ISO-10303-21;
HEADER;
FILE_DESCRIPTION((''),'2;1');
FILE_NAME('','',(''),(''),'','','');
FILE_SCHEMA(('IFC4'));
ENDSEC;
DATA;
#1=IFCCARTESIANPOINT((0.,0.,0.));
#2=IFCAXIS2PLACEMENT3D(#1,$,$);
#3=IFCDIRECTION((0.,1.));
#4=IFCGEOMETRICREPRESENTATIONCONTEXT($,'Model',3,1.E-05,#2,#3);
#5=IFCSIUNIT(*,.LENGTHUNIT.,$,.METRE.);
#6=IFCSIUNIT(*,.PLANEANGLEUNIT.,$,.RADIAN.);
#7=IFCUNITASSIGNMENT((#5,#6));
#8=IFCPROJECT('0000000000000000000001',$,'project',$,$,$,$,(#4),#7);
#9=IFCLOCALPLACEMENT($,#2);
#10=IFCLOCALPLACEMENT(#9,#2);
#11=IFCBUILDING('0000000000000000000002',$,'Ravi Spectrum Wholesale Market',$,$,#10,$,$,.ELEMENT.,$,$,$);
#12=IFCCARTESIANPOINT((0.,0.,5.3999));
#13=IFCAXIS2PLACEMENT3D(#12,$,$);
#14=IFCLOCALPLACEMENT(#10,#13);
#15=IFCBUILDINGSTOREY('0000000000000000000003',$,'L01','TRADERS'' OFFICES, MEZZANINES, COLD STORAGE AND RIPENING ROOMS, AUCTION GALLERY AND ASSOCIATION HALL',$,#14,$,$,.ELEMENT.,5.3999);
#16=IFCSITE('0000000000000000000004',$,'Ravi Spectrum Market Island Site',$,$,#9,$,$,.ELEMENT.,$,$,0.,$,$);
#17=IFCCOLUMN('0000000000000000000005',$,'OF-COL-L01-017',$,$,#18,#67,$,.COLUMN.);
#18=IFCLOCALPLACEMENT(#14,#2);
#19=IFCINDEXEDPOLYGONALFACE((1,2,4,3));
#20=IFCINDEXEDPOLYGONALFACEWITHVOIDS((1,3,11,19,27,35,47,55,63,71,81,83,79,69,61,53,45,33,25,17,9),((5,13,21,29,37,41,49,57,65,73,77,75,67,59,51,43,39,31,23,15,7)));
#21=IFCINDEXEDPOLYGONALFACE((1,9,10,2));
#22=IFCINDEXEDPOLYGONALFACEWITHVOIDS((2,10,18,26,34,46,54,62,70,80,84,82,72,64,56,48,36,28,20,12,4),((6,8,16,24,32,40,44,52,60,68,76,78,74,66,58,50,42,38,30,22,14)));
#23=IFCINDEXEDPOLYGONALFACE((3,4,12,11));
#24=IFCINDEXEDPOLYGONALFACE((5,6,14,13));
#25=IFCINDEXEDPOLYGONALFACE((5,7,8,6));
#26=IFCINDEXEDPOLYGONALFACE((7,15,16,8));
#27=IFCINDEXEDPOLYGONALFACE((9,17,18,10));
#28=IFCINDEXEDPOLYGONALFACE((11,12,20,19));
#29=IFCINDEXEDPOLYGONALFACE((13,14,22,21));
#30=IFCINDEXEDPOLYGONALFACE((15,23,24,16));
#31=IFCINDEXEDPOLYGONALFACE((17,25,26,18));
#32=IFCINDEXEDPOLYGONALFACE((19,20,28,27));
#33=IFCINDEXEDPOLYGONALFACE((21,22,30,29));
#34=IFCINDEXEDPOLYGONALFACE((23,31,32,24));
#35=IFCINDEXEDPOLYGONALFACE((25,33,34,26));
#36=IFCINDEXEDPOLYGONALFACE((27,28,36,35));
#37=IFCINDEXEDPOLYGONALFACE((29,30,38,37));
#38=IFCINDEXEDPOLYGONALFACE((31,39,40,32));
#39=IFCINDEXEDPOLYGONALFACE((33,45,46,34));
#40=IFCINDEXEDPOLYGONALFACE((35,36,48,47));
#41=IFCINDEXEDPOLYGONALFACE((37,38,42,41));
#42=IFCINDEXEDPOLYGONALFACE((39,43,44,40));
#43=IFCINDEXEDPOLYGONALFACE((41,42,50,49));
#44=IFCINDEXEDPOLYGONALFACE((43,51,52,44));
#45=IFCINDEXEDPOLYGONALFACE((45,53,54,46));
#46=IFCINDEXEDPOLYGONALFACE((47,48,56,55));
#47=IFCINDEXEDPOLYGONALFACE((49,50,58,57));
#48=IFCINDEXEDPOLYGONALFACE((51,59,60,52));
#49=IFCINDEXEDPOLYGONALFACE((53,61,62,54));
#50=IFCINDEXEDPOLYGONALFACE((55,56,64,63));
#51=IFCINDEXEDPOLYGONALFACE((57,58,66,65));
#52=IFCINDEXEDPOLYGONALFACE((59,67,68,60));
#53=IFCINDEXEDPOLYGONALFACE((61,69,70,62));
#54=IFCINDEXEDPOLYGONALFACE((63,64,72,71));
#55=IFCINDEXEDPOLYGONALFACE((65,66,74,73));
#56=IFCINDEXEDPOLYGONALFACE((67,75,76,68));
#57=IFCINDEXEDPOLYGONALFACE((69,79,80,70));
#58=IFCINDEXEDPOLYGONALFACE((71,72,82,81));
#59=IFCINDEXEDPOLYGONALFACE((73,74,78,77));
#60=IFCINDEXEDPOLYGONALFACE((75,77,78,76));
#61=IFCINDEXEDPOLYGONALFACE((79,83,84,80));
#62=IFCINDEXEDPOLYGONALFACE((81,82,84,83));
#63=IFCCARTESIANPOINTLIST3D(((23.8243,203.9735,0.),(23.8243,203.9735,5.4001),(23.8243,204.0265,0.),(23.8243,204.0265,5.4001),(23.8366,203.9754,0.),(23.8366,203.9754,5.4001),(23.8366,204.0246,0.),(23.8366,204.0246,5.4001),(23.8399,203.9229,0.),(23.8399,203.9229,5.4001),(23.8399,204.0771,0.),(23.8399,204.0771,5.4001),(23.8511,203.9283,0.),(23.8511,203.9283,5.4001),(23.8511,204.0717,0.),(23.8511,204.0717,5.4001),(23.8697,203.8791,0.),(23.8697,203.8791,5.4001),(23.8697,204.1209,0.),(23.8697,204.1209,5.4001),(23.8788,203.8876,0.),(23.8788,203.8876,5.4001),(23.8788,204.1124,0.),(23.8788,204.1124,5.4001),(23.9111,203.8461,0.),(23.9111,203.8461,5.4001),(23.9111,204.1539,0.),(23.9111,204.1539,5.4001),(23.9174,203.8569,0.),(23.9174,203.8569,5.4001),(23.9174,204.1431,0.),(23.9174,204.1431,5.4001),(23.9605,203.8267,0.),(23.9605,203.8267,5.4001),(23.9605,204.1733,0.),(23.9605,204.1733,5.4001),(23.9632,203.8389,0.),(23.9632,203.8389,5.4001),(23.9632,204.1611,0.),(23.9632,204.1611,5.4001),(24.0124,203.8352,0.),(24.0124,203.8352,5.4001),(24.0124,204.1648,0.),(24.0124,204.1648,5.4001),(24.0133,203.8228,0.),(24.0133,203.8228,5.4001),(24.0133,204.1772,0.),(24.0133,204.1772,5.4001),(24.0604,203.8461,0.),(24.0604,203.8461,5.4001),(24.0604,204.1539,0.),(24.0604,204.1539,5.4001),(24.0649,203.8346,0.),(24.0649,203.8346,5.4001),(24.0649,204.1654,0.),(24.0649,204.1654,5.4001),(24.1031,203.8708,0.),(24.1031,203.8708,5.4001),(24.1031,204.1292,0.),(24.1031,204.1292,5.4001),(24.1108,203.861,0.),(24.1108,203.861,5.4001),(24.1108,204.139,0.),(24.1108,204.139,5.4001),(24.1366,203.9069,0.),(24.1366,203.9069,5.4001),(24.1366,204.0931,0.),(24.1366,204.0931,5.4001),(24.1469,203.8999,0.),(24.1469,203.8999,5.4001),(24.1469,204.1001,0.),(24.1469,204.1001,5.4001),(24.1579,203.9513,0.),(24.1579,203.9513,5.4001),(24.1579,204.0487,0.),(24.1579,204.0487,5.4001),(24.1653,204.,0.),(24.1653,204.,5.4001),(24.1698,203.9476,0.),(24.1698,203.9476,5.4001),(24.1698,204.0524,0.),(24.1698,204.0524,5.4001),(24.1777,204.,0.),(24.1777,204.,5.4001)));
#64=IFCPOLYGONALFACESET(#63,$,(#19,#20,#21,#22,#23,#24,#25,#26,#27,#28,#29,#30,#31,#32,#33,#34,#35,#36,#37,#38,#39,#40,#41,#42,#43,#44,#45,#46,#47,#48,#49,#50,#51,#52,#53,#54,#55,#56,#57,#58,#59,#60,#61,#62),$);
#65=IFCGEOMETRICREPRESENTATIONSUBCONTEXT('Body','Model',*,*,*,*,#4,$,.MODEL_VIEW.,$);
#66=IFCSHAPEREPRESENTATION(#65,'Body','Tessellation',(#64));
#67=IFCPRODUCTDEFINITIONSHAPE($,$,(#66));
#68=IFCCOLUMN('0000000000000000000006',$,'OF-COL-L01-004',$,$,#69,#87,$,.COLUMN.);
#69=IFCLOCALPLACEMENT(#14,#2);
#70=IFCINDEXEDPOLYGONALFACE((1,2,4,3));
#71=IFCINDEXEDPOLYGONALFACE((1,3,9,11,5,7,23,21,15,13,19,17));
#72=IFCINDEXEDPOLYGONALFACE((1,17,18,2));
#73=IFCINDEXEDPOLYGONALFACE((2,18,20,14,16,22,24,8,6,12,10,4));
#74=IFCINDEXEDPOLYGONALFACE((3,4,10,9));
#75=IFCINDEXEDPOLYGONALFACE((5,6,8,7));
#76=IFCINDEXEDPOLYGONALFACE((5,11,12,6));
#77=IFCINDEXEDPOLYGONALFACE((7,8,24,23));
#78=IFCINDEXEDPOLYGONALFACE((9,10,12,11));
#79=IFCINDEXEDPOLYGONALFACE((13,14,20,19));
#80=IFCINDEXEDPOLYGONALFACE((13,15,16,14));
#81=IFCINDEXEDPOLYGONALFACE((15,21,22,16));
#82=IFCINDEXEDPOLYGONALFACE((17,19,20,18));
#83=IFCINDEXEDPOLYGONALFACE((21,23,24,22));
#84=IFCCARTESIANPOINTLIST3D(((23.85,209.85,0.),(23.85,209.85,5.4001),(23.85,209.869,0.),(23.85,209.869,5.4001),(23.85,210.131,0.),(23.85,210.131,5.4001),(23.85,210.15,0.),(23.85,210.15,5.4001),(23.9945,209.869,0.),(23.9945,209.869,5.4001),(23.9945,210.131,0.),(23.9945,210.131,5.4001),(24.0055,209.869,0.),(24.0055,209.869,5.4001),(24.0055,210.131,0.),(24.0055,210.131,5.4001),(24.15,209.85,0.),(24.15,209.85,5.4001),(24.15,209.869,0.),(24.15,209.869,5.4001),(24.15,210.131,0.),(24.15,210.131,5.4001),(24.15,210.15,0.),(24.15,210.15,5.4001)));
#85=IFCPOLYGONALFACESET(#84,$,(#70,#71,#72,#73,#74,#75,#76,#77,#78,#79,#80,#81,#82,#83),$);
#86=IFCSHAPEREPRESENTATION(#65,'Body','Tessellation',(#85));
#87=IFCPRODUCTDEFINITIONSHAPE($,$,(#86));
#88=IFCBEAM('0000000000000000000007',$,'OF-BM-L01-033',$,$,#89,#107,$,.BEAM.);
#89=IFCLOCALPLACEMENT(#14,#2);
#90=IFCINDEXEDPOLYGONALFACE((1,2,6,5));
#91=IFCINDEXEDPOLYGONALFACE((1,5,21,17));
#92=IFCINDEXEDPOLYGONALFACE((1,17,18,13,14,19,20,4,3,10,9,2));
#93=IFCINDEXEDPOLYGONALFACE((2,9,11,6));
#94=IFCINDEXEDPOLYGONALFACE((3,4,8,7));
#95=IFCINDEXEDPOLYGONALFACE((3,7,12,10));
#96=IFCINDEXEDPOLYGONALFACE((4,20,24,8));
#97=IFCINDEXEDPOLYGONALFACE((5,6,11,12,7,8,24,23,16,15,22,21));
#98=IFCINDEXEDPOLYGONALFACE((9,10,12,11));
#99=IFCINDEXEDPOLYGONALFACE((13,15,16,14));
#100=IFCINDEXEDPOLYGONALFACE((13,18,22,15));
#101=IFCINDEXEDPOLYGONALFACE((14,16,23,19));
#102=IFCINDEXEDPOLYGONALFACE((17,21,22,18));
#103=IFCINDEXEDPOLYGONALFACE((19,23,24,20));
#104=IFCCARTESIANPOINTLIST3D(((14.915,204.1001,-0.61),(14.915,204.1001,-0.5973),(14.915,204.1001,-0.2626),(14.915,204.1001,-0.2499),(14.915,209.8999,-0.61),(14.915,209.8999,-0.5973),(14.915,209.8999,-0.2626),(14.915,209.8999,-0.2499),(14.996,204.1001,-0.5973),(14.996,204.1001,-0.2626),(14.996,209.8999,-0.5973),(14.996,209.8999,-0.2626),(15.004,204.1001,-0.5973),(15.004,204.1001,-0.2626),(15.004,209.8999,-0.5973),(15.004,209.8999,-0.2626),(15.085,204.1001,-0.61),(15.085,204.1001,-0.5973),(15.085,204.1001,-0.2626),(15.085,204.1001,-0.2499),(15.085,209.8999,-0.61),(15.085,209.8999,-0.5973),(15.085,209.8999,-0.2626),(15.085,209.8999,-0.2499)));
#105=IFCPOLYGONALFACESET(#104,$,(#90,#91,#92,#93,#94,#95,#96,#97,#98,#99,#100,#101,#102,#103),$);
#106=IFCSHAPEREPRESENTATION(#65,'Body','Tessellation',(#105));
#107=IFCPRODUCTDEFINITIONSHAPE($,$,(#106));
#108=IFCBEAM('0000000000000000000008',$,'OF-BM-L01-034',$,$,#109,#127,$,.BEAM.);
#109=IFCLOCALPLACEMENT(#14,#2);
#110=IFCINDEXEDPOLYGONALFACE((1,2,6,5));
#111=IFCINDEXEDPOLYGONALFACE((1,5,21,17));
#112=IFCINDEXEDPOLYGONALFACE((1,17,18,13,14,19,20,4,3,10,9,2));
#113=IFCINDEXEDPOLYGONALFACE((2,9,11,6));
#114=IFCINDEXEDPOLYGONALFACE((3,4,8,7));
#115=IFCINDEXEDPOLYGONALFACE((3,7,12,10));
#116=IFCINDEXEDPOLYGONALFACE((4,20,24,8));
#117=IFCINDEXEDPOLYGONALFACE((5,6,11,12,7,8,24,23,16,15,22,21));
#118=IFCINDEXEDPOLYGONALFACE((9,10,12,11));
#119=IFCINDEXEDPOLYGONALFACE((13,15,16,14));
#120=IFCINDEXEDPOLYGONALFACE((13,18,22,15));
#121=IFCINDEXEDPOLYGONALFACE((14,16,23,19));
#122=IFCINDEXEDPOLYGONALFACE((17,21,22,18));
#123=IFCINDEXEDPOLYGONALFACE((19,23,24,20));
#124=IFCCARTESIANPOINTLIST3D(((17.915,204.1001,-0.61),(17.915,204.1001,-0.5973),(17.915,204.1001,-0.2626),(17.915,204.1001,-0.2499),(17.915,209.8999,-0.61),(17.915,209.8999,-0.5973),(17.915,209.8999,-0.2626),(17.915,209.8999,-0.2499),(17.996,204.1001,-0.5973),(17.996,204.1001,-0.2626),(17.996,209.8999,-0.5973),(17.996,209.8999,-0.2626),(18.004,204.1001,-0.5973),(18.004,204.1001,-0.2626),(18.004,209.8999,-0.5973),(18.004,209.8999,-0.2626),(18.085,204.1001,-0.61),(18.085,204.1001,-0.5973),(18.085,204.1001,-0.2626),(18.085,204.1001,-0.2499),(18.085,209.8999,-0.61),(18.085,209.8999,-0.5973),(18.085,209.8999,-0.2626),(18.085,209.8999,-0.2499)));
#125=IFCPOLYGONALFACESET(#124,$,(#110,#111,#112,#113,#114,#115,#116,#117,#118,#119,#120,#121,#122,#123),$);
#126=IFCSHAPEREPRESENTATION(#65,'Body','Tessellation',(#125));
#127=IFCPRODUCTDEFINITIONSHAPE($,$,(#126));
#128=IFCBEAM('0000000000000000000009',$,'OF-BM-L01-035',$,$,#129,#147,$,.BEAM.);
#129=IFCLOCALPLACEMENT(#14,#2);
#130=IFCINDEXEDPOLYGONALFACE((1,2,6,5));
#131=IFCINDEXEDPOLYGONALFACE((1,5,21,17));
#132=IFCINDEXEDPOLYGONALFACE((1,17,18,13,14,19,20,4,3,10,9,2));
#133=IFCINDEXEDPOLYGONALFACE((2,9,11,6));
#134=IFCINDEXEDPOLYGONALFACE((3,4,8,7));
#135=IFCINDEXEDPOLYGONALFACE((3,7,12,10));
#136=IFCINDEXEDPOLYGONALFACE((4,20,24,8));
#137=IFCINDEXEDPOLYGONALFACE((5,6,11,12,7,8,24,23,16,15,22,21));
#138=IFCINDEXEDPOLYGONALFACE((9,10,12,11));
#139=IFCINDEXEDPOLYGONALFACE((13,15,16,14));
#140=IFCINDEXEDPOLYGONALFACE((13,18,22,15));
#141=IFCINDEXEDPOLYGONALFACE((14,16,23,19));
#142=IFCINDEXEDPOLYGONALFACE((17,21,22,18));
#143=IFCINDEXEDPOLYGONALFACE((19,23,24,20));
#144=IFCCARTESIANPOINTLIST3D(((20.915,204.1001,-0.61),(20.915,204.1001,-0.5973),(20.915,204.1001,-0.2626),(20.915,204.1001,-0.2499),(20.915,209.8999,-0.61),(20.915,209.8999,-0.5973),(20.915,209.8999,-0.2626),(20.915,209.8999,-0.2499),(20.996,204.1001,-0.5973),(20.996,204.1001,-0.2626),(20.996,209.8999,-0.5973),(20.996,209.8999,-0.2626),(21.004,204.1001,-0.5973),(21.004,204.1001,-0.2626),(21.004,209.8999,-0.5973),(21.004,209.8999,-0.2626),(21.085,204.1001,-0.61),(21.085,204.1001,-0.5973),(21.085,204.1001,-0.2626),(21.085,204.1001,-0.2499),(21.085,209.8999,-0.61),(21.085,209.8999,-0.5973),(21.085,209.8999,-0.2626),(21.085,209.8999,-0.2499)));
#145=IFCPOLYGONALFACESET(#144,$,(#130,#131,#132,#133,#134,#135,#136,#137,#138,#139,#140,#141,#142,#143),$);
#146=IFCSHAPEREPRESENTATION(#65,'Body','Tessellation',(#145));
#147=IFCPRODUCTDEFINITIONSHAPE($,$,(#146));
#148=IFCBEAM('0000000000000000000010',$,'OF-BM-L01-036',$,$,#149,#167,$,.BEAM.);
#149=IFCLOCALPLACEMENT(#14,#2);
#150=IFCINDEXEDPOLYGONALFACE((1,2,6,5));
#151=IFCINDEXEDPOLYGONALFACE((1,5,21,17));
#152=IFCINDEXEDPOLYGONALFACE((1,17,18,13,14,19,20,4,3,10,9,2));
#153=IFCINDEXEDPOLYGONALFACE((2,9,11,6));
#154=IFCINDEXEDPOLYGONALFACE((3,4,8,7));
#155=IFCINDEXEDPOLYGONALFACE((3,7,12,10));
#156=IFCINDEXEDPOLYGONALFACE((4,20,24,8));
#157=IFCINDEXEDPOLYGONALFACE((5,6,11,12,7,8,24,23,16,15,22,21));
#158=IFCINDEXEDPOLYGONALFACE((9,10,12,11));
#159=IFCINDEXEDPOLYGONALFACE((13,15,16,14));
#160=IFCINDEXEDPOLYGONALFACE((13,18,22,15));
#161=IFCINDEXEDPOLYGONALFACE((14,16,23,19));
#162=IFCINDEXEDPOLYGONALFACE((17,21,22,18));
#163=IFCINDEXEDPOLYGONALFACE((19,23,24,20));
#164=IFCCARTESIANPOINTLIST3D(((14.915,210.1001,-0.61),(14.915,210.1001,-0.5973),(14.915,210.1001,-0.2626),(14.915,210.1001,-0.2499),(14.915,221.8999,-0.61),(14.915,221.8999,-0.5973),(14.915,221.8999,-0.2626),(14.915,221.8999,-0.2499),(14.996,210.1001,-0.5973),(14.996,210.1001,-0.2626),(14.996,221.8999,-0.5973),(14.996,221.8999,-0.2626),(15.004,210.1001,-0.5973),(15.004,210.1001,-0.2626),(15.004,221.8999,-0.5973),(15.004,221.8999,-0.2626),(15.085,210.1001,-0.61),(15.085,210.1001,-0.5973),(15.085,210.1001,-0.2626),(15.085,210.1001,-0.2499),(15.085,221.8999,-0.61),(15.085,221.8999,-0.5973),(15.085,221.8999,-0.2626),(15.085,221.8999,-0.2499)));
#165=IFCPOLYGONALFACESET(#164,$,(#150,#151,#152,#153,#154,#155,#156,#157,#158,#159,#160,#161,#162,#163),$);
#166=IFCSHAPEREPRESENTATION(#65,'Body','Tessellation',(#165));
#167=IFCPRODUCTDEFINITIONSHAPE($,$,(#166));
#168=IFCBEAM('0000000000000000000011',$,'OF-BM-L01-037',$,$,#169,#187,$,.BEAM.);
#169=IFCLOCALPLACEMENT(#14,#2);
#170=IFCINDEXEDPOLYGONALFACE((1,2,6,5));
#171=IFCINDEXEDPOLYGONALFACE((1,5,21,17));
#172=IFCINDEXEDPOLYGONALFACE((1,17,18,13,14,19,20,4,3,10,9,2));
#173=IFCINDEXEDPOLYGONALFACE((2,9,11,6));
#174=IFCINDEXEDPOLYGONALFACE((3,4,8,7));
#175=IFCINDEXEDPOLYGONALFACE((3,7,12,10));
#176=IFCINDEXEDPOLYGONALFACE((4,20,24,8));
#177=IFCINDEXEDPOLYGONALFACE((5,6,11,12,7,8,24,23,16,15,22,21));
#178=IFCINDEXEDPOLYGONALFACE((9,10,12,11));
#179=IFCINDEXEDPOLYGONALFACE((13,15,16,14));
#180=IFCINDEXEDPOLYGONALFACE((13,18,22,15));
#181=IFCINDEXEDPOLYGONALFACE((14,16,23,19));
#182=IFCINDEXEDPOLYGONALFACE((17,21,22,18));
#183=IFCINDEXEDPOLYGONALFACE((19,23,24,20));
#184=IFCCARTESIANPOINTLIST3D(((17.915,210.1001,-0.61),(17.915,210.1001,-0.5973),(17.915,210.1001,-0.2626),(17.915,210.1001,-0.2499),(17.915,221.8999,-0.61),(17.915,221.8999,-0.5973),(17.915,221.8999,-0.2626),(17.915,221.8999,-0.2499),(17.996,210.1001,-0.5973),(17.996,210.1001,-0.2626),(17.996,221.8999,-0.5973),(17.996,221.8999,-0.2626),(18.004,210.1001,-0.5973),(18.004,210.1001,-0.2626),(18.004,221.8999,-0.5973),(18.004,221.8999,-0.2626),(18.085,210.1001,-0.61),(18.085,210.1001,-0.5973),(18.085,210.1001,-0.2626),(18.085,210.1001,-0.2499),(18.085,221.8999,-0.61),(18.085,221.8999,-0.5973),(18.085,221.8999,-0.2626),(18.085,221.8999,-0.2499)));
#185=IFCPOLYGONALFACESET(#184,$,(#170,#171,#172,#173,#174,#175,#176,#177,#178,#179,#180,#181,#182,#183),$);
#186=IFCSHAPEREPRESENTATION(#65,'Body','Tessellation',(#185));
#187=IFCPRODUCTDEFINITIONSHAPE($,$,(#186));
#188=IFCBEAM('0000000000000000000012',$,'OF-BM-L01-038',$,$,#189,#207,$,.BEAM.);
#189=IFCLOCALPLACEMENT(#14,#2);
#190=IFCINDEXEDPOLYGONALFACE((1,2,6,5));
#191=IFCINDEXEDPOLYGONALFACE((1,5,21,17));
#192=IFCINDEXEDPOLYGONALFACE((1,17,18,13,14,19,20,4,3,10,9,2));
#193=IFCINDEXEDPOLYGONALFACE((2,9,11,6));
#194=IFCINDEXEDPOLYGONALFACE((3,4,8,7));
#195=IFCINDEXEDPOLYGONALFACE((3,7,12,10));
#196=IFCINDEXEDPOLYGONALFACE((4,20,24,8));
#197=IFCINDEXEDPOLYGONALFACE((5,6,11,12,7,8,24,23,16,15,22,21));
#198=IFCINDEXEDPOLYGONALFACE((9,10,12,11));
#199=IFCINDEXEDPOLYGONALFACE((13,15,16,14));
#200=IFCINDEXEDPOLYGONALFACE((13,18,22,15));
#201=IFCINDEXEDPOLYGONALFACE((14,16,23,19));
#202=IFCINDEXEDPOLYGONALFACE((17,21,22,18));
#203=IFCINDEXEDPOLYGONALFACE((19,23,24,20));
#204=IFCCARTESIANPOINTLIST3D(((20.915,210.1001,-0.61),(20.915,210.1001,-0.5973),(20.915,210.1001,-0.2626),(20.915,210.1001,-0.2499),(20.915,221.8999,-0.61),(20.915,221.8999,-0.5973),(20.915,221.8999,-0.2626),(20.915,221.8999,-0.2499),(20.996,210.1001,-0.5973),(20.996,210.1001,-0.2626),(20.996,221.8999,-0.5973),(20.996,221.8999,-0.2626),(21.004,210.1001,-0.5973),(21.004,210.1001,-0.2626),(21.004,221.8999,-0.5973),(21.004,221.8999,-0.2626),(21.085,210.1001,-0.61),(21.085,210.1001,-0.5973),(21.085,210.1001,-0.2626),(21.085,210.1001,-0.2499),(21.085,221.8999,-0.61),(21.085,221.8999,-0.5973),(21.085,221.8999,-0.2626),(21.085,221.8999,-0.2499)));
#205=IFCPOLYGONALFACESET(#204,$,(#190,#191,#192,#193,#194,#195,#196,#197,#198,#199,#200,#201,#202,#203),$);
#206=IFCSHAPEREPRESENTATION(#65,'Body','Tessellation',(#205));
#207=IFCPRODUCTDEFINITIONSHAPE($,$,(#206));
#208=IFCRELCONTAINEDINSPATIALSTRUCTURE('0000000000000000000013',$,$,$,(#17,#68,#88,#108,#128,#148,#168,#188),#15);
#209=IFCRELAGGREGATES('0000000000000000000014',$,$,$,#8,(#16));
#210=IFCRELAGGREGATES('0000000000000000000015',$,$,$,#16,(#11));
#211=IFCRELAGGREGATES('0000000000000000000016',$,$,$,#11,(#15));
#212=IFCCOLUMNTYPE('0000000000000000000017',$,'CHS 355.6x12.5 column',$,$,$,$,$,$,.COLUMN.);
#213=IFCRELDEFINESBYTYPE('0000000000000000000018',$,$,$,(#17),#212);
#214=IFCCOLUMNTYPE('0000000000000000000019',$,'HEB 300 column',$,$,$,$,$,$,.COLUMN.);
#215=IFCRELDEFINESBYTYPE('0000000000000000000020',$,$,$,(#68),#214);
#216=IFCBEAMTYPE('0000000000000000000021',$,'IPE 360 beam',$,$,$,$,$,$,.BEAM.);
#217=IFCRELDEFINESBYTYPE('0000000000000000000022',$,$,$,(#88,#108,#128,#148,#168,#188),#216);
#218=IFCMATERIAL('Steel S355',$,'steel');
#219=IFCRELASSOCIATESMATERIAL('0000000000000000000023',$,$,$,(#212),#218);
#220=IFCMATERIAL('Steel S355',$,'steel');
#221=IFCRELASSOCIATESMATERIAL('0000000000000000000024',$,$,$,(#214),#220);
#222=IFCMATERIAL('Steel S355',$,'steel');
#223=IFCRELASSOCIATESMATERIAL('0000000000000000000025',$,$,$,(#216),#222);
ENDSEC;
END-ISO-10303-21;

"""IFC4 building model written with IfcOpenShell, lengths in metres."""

from ifc_helpers import new_model, si_unit, direction, frame, origin, origin_2d, place, context, subcontext, project, spatial, hollow_circle, i_section, extrude, material, material_profile, profile_set, type_object, element, save


model = new_model("IFC4")

# Units and contexts
model_context = context("Model", 3, precision=1e-05, world=origin(), true_north=direction((0.0, 1.0)))
body_context = subcontext(model_context, "Body", "Model", "MODEL_VIEW")
ifc_project = project(units=[si_unit("LENGTHUNIT", "METRE"), si_unit("PLANEANGLEUNIT", "RADIAN")], contexts=[model_context])

# Site, building, storey
site_placement = place(None, origin())
site = spatial("IfcSite", under=ifc_project, at=site_placement, Name="Ravi Spectrum Market Island Site", CompositionType="ELEMENT", RefElevation=0.0)
building_placement = place(site_placement, origin())
building = spatial("IfcBuilding", under=site, at=building_placement, Name="Ravi Spectrum Wholesale Market", CompositionType="ELEMENT")
storey_placement = place(building_placement, frame((0.0, 0.0, 5.3999)))
storey = spatial("IfcBuildingStorey", under=building, at=storey_placement, Name="L01", Description="TRADERS' OFFICES, MEZZANINES, COLD STORAGE AND RIPENING ROOMS, AUCTION GALLERY AND ASSOCIATION HALL", CompositionType="ELEMENT", Elevation=5.3999)

# Columns
ifc_material_1 = material(Name="Steel S355", Category="steel")
ifc_material_profile_1 = material_profile(ifc_material_1, hollow_circle(Radius=0.1777, WallThickness=0.0125, at=origin_2d()))
ifc_profile_set_1 = profile_set([ifc_material_profile_1], Name="Steel S355")
column_type_1 = type_object("IfcColumnType", Name="CHS 355.6x12.5 column", PredefinedType="COLUMN", material=ifc_profile_set_1)
column_1_placement = place(storey_placement, frame((24.0, 204.0, 0.0), z_axis=(0.0, 0.0, 1.0), x_axis=(1.0, 0.0, 0.0)))
element("IfcColumn", 1, at=column_1_placement, inside=storey, type_object=column_type_1, Name="OF-COL-L01-017", PredefinedType="COLUMN", context=body_context, shape_type="SweptSolid", body=[
    extrude(hollow_circle(Radius=0.1777, WallThickness=0.0125, at=origin_2d()), origin(), (0.0, 0.0, 1.0), 5.4001),
])
ifc_material_2 = material(Name="Steel S355", Category="steel")
ifc_material_profile_2 = material_profile(ifc_material_2, i_section(OverallWidth=0.3, OverallDepth=0.3, WebThickness=0.011, FlangeThickness=0.019, at=origin_2d()))
ifc_profile_set_2 = profile_set([ifc_material_profile_2], Name="Steel S355")
column_type_2 = type_object("IfcColumnType", Name="HEB 300 column", PredefinedType="COLUMN", material=ifc_profile_set_2)
column_2_placement = place(storey_placement, frame((24.0, 210.0, 0.0), z_axis=(0.0, 0.0, 1.0), x_axis=(1.0, 0.0, 0.0)))
element("IfcColumn", 2, at=column_2_placement, inside=storey, type_object=column_type_2, Name="OF-COL-L01-004", PredefinedType="COLUMN", context=body_context, shape_type="SweptSolid", body=[
    extrude(i_section(OverallWidth=0.3, OverallDepth=0.3, WebThickness=0.011, FlangeThickness=0.019, at=origin_2d()), origin(), (0.0, 0.0, 1.0), 5.4001),
])

# Beams
ifc_material_3 = material(Name="Steel S355", Category="steel")
ifc_material_profile_3 = material_profile(ifc_material_3, i_section(OverallWidth=0.1699, OverallDepth=0.3601, WebThickness=0.0081, FlangeThickness=0.0127, at=origin_2d()))
ifc_profile_set_3 = profile_set([ifc_material_profile_3], Name="Steel S355")
beam_type_1 = type_object("IfcBeamType", Name="IPE 360 beam", PredefinedType="BEAM", material=ifc_profile_set_3)
for number, where, z_axis, x_axis, name in (
    (3, (15.0, 204.1001, -0.4299), (0.0, 1.0, 0.0), (-1.0, 0.0, 0.0), "OF-BM-L01-033"),
    (4, (18.0, 204.1001, -0.4299), (0.0, 1.0, 0.0), (-1.0, 0.0, 0.0), "OF-BM-L01-034"),
    (5, (21.0, 204.1001, -0.4299), (0.0, 1.0, 0.0), (-1.0, 0.0, 0.0), "OF-BM-L01-035"),
):
    element("IfcBeam", number, at=place(storey_placement, frame(where, z_axis=z_axis, x_axis=x_axis)), inside=storey, type_object=beam_type_1, Name=name, PredefinedType="BEAM", context=body_context, shape_type="SweptSolid", body=[
        extrude(i_section(OverallWidth=0.1699, OverallDepth=0.3601, WebThickness=0.0081, FlangeThickness=0.0127, at=origin_2d()), origin(), (0.0, 0.0, 1.0), 5.7998),
    ])
for number, where, z_axis, x_axis, name in (
    (6, (15.0, 210.1001, -0.4299), (0.0, 1.0, 0.0), (-1.0, 0.0, 0.0), "OF-BM-L01-036"),
    (7, (18.0, 210.1001, -0.4299), (0.0, 1.0, 0.0), (-1.0, 0.0, 0.0), "OF-BM-L01-037"),
    (8, (21.0, 210.1001, -0.4299), (0.0, 1.0, 0.0), (-1.0, 0.0, 0.0), "OF-BM-L01-038"),
):
    element("IfcBeam", number, at=place(storey_placement, frame(where, z_axis=z_axis, x_axis=x_axis)), inside=storey, type_object=beam_type_1, Name=name, PredefinedType="BEAM", context=body_context, shape_type="SweptSolid", body=[
        extrude(i_section(OverallWidth=0.1699, OverallDepth=0.3601, WebThickness=0.0081, FlangeThickness=0.0127, at=origin_2d()), origin(), (0.0, 0.0, 1.0), 11.7998),
    ])

save(model, "model.ifc")
